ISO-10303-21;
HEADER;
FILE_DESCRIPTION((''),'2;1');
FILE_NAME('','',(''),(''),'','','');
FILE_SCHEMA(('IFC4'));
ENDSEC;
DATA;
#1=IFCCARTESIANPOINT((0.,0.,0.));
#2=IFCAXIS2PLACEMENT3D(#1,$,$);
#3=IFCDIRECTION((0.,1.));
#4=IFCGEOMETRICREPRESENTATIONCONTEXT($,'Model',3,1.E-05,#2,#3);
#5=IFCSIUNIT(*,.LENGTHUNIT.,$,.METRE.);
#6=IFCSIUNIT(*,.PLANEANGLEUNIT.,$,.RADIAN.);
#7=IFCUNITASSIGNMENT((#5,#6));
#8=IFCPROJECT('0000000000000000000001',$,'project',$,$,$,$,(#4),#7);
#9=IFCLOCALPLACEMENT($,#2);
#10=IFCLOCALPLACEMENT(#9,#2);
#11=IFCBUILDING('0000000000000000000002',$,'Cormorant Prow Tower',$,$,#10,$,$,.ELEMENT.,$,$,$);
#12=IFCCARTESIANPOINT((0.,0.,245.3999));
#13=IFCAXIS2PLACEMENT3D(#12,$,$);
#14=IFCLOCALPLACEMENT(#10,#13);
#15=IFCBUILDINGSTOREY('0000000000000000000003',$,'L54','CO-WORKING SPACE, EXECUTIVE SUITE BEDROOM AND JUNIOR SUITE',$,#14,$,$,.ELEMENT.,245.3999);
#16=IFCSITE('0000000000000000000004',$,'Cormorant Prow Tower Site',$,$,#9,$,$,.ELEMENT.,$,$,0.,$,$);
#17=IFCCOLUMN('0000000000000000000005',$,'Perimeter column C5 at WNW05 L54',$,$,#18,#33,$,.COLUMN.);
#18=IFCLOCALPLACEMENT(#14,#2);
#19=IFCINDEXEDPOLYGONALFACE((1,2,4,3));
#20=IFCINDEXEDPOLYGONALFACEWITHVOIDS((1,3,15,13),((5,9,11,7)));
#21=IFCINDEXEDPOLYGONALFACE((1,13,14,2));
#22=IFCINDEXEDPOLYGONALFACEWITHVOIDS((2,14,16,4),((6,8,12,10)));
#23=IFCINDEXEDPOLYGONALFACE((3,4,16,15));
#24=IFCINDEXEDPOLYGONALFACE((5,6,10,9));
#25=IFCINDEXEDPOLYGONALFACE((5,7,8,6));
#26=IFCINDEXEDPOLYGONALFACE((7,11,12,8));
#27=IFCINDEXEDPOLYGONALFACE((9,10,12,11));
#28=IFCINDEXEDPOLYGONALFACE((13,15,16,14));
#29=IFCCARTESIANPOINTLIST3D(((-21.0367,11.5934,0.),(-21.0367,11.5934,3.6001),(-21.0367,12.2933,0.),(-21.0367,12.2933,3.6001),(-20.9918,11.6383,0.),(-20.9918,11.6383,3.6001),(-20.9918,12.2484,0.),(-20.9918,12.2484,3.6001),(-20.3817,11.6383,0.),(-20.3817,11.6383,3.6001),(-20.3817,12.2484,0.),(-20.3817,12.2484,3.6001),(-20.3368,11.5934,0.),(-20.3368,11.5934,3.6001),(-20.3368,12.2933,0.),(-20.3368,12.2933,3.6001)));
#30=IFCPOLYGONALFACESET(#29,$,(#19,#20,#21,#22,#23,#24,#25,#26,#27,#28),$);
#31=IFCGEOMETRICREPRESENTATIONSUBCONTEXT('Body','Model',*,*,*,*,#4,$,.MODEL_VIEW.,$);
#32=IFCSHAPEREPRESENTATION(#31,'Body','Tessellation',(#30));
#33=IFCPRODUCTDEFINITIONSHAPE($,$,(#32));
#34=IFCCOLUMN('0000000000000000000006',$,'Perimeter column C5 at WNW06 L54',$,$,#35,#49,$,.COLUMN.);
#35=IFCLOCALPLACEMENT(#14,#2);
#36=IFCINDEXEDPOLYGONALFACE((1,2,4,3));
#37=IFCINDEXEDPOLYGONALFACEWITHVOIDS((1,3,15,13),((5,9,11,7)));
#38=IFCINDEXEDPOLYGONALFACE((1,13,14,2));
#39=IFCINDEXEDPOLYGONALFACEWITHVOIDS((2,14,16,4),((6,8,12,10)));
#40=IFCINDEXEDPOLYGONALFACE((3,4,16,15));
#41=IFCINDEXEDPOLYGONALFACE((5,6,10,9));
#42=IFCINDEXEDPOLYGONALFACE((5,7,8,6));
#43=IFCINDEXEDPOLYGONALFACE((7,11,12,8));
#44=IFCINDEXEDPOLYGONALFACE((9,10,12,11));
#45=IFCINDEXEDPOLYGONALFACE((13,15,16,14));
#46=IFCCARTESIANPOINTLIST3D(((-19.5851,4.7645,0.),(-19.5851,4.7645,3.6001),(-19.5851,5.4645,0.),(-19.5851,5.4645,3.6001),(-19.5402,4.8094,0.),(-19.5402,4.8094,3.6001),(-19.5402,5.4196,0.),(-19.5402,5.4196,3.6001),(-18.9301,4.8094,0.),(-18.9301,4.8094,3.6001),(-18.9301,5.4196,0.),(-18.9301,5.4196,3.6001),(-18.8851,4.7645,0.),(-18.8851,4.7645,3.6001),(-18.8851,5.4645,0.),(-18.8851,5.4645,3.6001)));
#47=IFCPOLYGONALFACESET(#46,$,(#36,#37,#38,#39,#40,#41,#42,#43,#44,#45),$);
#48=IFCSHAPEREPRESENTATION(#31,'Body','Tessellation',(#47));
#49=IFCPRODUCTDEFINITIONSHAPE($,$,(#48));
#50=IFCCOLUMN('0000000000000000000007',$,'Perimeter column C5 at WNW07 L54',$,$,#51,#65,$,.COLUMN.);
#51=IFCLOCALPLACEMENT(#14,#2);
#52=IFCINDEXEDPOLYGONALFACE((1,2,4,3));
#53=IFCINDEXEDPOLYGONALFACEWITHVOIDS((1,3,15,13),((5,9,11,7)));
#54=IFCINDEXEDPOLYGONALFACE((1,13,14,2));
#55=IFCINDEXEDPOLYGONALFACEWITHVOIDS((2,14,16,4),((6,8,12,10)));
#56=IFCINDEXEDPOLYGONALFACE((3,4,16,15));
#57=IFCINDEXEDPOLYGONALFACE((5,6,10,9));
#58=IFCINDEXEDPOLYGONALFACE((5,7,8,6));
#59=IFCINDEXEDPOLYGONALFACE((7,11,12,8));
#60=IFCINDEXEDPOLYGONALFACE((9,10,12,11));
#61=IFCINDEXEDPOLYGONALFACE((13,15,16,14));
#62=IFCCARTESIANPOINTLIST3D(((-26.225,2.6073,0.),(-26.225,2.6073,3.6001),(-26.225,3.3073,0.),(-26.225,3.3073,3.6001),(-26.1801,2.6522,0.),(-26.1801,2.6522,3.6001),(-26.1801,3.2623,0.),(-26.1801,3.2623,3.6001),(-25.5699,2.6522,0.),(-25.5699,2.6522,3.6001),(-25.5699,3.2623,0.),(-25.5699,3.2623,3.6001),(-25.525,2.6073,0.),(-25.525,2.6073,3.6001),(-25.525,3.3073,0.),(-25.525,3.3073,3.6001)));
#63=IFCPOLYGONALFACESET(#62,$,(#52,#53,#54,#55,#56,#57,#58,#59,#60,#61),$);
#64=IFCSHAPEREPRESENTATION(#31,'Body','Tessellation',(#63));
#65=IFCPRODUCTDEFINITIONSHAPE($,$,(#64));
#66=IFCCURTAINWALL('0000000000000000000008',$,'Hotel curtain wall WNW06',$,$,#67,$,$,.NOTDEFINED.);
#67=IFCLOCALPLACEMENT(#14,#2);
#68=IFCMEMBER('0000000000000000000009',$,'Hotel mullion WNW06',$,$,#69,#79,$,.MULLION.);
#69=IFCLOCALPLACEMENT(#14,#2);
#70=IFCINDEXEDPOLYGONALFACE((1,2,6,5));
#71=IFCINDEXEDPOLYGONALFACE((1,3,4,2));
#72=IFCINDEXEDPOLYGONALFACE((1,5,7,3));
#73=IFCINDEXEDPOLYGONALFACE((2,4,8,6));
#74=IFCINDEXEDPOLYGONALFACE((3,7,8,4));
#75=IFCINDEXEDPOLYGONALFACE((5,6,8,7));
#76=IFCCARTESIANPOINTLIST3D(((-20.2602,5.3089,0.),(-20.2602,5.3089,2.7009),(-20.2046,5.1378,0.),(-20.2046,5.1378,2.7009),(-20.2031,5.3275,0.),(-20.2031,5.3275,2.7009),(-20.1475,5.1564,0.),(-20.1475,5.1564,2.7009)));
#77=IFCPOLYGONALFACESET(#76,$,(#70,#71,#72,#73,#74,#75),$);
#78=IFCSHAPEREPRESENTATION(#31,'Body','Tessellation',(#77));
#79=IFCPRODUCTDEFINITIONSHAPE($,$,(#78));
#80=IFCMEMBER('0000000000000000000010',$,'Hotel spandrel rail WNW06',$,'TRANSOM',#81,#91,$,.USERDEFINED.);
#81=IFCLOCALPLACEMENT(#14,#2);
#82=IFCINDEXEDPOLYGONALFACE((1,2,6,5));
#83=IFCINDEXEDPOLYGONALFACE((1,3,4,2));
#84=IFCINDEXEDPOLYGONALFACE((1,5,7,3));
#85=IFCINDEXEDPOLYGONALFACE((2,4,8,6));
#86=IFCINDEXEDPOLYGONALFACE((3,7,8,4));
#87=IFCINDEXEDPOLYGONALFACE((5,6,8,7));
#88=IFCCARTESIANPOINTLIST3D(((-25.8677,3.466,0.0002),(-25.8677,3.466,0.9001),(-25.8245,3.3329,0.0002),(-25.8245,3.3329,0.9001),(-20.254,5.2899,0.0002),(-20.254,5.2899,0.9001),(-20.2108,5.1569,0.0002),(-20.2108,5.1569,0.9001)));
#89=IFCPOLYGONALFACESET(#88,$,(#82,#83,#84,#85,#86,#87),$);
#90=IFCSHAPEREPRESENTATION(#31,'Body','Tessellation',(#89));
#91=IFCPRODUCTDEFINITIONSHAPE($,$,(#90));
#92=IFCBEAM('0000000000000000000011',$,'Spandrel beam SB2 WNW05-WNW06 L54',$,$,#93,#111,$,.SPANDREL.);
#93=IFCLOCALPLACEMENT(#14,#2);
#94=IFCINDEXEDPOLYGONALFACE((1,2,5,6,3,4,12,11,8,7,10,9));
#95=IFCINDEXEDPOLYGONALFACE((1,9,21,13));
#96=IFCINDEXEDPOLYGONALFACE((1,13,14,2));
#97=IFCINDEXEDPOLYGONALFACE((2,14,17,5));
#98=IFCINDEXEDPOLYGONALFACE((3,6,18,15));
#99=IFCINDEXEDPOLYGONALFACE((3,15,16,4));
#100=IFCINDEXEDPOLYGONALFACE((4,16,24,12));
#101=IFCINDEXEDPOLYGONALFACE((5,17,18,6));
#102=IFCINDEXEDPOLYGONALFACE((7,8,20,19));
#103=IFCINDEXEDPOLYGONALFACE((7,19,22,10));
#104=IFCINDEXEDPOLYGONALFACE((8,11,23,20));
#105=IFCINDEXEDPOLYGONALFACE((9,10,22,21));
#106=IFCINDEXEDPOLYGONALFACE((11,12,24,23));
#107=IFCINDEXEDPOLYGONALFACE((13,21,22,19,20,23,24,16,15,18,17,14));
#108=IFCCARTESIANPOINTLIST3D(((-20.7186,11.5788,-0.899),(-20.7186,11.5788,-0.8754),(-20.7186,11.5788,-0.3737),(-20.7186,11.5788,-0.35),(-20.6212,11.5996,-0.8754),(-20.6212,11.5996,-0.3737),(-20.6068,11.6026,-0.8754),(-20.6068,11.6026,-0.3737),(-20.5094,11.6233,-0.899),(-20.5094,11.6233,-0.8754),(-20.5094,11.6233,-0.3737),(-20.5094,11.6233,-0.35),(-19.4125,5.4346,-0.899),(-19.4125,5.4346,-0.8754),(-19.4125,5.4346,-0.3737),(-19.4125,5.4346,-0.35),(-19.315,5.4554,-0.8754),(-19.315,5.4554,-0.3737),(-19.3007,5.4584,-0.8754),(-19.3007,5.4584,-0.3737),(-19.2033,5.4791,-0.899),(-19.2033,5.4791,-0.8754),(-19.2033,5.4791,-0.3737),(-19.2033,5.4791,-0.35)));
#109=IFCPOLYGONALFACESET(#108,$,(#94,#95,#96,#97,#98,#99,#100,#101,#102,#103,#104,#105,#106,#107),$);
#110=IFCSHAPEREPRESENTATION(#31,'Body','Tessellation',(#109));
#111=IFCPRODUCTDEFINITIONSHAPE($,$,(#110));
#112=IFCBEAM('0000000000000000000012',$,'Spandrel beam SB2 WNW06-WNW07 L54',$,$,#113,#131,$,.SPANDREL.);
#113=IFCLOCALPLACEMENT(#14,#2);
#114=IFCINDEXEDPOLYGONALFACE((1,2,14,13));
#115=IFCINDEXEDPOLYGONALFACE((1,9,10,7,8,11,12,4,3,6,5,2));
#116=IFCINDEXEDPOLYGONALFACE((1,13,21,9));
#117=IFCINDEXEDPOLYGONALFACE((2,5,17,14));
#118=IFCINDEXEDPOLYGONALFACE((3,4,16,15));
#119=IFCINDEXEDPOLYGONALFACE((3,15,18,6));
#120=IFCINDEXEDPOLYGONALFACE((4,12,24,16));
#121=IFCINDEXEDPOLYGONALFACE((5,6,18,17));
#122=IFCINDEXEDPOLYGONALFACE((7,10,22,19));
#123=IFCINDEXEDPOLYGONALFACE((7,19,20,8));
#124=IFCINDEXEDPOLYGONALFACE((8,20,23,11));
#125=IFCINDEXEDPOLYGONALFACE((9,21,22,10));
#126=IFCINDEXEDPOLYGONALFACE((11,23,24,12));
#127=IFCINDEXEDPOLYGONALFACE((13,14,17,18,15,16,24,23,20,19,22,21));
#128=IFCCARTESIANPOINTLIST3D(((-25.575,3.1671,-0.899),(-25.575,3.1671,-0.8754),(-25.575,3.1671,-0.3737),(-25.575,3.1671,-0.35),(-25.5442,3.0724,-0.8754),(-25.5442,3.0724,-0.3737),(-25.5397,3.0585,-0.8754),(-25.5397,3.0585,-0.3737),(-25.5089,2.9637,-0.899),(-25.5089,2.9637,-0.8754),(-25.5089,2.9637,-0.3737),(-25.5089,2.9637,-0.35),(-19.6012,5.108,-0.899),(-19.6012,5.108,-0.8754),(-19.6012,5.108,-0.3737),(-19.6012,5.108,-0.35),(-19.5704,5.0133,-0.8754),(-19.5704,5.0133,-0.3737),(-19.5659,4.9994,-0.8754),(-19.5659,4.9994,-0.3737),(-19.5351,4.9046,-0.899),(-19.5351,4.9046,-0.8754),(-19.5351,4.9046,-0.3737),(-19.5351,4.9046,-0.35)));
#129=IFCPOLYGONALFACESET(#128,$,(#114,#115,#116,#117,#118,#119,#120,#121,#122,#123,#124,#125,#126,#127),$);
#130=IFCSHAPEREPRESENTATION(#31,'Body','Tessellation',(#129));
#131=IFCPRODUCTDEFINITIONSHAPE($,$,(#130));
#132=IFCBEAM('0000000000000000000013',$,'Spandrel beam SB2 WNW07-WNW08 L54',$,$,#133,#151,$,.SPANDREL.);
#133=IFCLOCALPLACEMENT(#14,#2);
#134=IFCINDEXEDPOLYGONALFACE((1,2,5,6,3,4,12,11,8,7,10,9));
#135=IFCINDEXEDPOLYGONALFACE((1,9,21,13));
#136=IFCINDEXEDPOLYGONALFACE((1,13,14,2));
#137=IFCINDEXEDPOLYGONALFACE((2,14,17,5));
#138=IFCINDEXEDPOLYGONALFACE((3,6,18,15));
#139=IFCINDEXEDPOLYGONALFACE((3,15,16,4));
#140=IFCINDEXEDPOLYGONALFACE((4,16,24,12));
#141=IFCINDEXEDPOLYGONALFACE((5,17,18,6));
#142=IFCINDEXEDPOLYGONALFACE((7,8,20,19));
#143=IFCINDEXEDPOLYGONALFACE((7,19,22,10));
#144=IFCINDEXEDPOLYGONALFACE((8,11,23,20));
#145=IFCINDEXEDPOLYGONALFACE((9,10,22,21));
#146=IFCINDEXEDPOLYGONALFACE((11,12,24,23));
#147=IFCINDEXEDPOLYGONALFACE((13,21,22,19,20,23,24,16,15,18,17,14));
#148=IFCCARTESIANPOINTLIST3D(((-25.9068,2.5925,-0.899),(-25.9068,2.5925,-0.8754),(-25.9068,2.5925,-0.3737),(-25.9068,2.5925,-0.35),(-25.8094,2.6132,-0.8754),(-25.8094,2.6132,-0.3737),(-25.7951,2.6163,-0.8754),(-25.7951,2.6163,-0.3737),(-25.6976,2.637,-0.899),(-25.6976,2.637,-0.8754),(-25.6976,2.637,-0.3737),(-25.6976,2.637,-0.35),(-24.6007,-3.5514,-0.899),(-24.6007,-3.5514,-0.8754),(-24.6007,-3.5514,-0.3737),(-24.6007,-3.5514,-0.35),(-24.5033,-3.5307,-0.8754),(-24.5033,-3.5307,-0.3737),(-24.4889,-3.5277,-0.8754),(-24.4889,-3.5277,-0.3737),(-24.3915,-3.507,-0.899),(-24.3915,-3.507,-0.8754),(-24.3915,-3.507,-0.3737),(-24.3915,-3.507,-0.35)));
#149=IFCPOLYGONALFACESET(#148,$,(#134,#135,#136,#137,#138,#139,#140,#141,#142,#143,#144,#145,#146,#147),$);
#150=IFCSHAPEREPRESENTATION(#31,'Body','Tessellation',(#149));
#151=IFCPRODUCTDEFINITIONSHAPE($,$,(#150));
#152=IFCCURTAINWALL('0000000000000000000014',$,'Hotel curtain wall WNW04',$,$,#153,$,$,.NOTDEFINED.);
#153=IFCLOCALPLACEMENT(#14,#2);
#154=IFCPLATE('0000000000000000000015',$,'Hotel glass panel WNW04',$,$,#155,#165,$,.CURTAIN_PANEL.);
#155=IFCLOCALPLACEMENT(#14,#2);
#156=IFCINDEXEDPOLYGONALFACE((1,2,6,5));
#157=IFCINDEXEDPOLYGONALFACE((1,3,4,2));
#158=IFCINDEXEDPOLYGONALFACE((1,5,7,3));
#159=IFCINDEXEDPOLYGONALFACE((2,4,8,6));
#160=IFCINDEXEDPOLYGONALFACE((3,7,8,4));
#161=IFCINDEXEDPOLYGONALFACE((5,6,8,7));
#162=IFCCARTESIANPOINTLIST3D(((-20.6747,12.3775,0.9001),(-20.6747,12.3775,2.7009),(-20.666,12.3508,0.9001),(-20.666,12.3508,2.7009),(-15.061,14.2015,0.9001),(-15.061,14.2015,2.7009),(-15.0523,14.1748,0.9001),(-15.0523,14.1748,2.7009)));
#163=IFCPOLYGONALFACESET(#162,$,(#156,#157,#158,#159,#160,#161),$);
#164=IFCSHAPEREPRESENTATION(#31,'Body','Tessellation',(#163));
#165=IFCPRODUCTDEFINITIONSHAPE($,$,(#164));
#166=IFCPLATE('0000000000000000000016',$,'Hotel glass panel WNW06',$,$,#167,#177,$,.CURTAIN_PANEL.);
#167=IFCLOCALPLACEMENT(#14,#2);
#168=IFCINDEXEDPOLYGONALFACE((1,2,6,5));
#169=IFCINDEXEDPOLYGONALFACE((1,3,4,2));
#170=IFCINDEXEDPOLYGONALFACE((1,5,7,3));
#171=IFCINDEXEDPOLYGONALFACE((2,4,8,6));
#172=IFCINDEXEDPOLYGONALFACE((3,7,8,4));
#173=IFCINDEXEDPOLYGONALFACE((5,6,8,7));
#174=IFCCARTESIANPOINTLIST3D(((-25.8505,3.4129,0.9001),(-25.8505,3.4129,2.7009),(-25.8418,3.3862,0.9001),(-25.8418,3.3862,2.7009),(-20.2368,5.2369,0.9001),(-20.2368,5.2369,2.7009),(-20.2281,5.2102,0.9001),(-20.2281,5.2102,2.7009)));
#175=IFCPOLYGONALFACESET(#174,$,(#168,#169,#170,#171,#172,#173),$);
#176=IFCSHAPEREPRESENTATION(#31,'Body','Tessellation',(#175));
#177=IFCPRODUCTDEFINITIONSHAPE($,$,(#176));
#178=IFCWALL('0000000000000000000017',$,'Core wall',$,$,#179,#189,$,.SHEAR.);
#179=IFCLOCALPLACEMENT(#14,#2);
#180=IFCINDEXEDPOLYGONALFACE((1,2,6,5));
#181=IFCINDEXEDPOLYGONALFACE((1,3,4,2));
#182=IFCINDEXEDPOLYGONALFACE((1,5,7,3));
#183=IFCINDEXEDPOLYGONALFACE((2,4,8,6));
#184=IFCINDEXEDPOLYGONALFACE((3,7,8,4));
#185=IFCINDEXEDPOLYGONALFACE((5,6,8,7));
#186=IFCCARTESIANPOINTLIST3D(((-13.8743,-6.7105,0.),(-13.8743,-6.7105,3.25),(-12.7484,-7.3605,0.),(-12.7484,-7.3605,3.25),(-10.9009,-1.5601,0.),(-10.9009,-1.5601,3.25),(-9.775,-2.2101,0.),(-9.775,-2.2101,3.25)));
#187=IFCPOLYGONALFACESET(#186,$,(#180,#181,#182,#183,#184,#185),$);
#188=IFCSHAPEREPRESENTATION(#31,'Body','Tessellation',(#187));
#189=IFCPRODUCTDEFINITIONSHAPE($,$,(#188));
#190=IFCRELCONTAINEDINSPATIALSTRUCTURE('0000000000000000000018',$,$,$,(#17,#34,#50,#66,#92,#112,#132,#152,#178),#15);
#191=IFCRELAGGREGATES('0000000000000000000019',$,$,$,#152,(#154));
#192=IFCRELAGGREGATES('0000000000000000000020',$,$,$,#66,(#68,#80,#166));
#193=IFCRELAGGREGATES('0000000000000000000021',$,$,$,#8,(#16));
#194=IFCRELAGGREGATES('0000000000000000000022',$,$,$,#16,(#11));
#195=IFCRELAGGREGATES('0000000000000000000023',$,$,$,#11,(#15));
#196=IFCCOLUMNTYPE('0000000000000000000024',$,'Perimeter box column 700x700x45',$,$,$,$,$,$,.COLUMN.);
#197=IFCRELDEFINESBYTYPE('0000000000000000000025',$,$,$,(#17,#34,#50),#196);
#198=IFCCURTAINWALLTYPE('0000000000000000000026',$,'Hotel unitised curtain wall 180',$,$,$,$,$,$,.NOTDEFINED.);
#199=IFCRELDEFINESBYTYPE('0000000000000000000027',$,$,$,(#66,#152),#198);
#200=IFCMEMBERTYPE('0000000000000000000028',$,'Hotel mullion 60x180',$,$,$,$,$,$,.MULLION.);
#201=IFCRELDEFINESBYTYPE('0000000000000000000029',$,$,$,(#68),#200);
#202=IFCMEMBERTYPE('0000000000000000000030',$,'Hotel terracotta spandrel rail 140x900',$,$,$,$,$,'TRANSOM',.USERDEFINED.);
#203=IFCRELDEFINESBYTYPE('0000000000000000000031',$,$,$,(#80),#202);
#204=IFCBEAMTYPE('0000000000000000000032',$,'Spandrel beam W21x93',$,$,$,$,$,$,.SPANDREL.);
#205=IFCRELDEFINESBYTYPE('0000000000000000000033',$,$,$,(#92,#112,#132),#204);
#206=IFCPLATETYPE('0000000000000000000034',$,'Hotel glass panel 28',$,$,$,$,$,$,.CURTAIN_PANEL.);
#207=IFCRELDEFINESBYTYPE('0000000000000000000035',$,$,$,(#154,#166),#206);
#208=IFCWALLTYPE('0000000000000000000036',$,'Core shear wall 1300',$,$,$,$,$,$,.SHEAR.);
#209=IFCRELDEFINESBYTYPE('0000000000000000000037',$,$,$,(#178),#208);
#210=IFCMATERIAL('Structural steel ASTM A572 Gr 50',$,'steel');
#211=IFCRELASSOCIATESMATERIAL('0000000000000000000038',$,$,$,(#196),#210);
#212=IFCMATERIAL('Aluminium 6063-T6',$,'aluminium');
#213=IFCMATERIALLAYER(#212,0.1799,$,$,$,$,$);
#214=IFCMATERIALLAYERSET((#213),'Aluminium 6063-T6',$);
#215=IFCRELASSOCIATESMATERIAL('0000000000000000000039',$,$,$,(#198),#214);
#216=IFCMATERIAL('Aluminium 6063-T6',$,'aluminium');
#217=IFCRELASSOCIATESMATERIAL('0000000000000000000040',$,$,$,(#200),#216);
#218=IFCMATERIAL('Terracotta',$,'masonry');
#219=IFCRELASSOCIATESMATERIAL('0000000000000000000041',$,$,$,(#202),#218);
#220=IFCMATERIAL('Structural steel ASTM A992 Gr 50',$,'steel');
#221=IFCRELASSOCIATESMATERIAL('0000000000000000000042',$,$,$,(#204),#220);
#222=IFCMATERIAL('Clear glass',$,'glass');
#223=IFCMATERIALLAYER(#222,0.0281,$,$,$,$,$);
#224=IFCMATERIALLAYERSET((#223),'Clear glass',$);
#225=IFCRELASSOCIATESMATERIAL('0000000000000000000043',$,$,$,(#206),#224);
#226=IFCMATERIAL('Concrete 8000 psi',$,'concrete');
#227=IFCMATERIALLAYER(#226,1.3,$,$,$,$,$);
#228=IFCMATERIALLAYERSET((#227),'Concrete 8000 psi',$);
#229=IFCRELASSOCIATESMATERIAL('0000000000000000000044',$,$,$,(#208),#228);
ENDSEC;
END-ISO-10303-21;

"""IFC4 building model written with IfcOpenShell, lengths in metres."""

from ifc_helpers import new_model, si_unit, direction, frame, frame_2d, origin, origin_2d, place, context, subcontext, project, spatial, rectangle, hollow_rectangle, i_section, extrude, material, layer, layer_set, material_profile, profile_set, type_object, element, aggregate, save


model = new_model("IFC4")

# Units and contexts
model_context = context("Model", 3, precision=1e-05, world=origin(), true_north=direction((0.0, 1.0)))
body_context = subcontext(model_context, "Body", "Model", "MODEL_VIEW")
ifc_project = project(units=[si_unit("LENGTHUNIT", "METRE"), si_unit("PLANEANGLEUNIT", "RADIAN")], contexts=[model_context])

# Site, building, storey
site_placement = place(None, origin())
site = spatial("IfcSite", under=ifc_project, at=site_placement, Name="Cormorant Prow Tower Site", CompositionType="ELEMENT", RefElevation=0.0)
building_placement = place(site_placement, origin())
building = spatial("IfcBuilding", under=site, at=building_placement, Name="Cormorant Prow Tower", CompositionType="ELEMENT")
storey_placement = place(building_placement, frame((0.0, 0.0, 245.3999)))
storey = spatial("IfcBuildingStorey", under=building, at=storey_placement, Name="L54", Description="CO-WORKING SPACE, EXECUTIVE SUITE BEDROOM AND JUNIOR SUITE", CompositionType="ELEMENT", Elevation=245.3999)

# Columns
ifc_material_1 = material(Name="Structural steel ASTM A572 Gr 50", Category="steel")
ifc_material_profile_1 = material_profile(ifc_material_1, hollow_rectangle(XDim=0.7, YDim=0.7, WallThickness=0.0449, at=origin_2d()), Name="Box 700x700x45")
ifc_profile_set_1 = profile_set([ifc_material_profile_1], Name="Structural steel ASTM A572 Gr 50")
column_type = type_object("IfcColumnType", Name="Perimeter box column 700x700x45", PredefinedType="COLUMN", material=ifc_profile_set_1)
for number, where, z_axis, x_axis, name in (
    (1, (-20.6868, 11.9434, 0.0), (0.0, 0.0, 1.0), (1.0, 0.0, 0.0), "Perimeter column C5 at WNW05 L54"),
    (2, (-19.2351, 5.1145, 0.0), (0.0, 0.0, 1.0), (1.0, 0.0, 0.0), "Perimeter column C5 at WNW06 L54"),
    (3, (-25.875, 2.9573, 0.0), (0.0, 0.0, 1.0), (1.0, 0.0, 0.0), "Perimeter column C5 at WNW07 L54"),
):
    element("IfcColumn", number, at=place(storey_placement, frame(where, z_axis=z_axis, x_axis=x_axis)), inside=storey, type_object=column_type, Name=name, PredefinedType="COLUMN", context=body_context, shape_type="SweptSolid", body=[
        extrude(hollow_rectangle(XDim=0.7, YDim=0.7, WallThickness=0.0449, at=origin_2d()), origin(), (0.0, 0.0, 1.0), 3.6001),
    ])

# Curtain wall, members
ifc_material_2 = material(Name="Aluminium 6063-T6", Category="aluminium")
ifc_layer_1 = layer(ifc_material_2, 0.1799)
ifc_layer_set_1 = layer_set([ifc_layer_1], Name="Aluminium 6063-T6")
curtain_wall_type = type_object("IfcCurtainWallType", Name="Hotel unitised curtain wall 180", PredefinedType="NOTDEFINED", material=ifc_layer_set_1)
curtain_wall_1_placement = place(storey_placement, origin())
curtain_wall_1 = element("IfcCurtainWall", 4, at=curtain_wall_1_placement, inside=storey, type_object=curtain_wall_type, Name="Hotel curtain wall WNW06", PredefinedType="NOTDEFINED")
ifc_material_3 = material(Name="Aluminium 6063-T6", Category="aluminium")
ifc_material_profile_2 = material_profile(ifc_material_3, rectangle(XDim=0.1799, YDim=0.0601, at=origin_2d()), Name="Hotel mullion 60x180")
ifc_profile_set_2 = profile_set([ifc_material_profile_2], Name="Aluminium 6063-T6")
member_type_1 = type_object("IfcMemberType", Name="Hotel mullion 60x180", PredefinedType="MULLION", material=ifc_profile_set_2)
member_1_placement = place(storey_placement, frame((-20.2039, 5.2327, 0.0), z_axis=(0.0, 0.0, 1.0), x_axis=(0.309017, -0.951057, 0.0)))
member_1 = element("IfcMember", 5, at=member_1_placement, type_object=member_type_1, Name="Hotel mullion WNW06", PredefinedType="MULLION", context=body_context, shape_type="SweptSolid", body=[
    extrude(rectangle(XDim=0.1799, YDim=0.0601, at=origin_2d()), origin(), (0.0, 0.0, 1.0), 2.7009),
])
ifc_material_4 = material(Name="Terracotta", Category="masonry")
ifc_material_profile_3 = material_profile(ifc_material_4, rectangle(XDim=0.1399, YDim=0.8999, at=origin_2d()), Name="Hotel terracotta spandrel rail 140x900")
ifc_profile_set_3 = profile_set([ifc_material_profile_3], Name="Terracotta")
member_type_2 = type_object("IfcMemberType", Name="Hotel terracotta spandrel rail 140x900", ElementType="TRANSOM", PredefinedType="USERDEFINED", material=ifc_profile_set_3)
member_2_placement = place(storey_placement, frame((-20.2324, 5.2234, 0.4502), z_axis=(-0.951059, -0.309009, 0.0), x_axis=(0.309009, -0.951059, 0.0)))
member_2 = element("IfcMember", 6, at=member_2_placement, type_object=member_type_2, Name="Hotel spandrel rail WNW06", ObjectType="TRANSOM", PredefinedType="USERDEFINED", context=body_context, shape_type="SweptSolid", body=[
    extrude(rectangle(XDim=0.1399, YDim=0.8999, at=origin_2d()), origin(), (0.0, 0.0, 1.0), 5.9026),
])

# Beams
ifc_material_5 = material(Name="Structural steel ASTM A992 Gr 50", Category="steel")
ifc_material_profile_4 = material_profile(ifc_material_5, i_section(OverallWidth=0.2139, OverallDepth=0.5491, WebThickness=0.0146, FlangeThickness=0.0237, at=origin_2d()), Name="W21x93")
ifc_profile_set_4 = profile_set([ifc_material_profile_4], Name="Structural steel ASTM A992 Gr 50")
beam_type = type_object("IfcBeamType", Name="Spandrel beam W21x93", PredefinedType="SPANDREL", material=ifc_profile_set_4)
beam_placement = place(storey_placement, frame((-20.614, 11.6011, -0.6245), z_axis=(0.207934, -0.978143, 0.0), x_axis=(0.978143, 0.207934, 0.0)))
element("IfcBeam", 7, at=beam_placement, inside=storey, type_object=beam_type, Name="Spandrel beam SB2 WNW05-WNW06 L54", PredefinedType="SPANDREL", context=body_context, shape_type="SweptSolid", body=[
    extrude(i_section(OverallWidth=0.2139, OverallDepth=0.5491, WebThickness=0.0146, FlangeThickness=0.0237, at=origin_2d()), origin(), (0.0, 0.0, 1.0), 6.2815),
])
for number, where, z_axis, x_axis, name in (
    (8, (-19.5681, 5.0063, -0.6245), (-0.951062, -0.309001, 0.0), (0.309001, -0.951062, 0.0), "Spandrel beam SB2 WNW06-WNW07 L54"),
    (9, (-25.8022, 2.6147, -0.6245), (0.207941, -0.978141, 0.0), (0.978141, 0.207941, 0.0), "Spandrel beam SB2 WNW07-WNW08 L54"),
):
    element("IfcBeam", number, at=place(storey_placement, frame(where, z_axis=z_axis, x_axis=x_axis)), inside=storey, type_object=beam_type, Name=name, PredefinedType="SPANDREL", context=body_context, shape_type="SweptSolid", body=[
        extrude(i_section(OverallWidth=0.2139, OverallDepth=0.5491, WebThickness=0.0146, FlangeThickness=0.0237, at=origin_2d()), origin(), (0.0, 0.0, 1.0), 6.2812),
    ])

# Curtain wall, plate
curtain_wall_2_placement = place(storey_placement, origin())
curtain_wall_2 = element("IfcCurtainWall", 10, at=curtain_wall_2_placement, inside=storey, type_object=curtain_wall_type, Name="Hotel curtain wall WNW04", PredefinedType="NOTDEFINED")
ifc_material_6 = material(Name="Clear glass", Category="glass")
ifc_layer_2 = layer(ifc_material_6, 0.0281)
ifc_layer_set_2 = layer_set([ifc_layer_2], Name="Clear glass")
plate_type = type_object("IfcPlateType", Name="Hotel glass panel 28", PredefinedType="CURTAIN_PANEL", material=ifc_layer_set_2)
plate_1_placement = place(storey_placement, frame((-17.8635, 13.2761, 0.9001), z_axis=(0.0, 0.0, 1.0), x_axis=(-0.951057, -0.309017, 0.0)))
plate_1 = element("IfcPlate", 11, at=plate_1_placement, type_object=plate_type, Name="Hotel glass panel WNW04", PredefinedType="CURTAIN_PANEL", context=body_context, shape_type="SweptSolid", body=[
    extrude(rectangle(XDim=5.9026, YDim=0.0281, at=origin_2d()), origin(), (0.0, 0.0, 1.0), 1.8008),
])
aggregate(curtain_wall_2, [plate_1])

# Plate
plate_2_placement = place(storey_placement, frame((-23.0393, 4.3115, 0.9001), z_axis=(0.0, 0.0, 1.0), x_axis=(-0.951057, -0.309017, 0.0)))
plate_2 = element("IfcPlate", 12, at=plate_2_placement, type_object=plate_type, Name="Hotel glass panel WNW06", PredefinedType="CURTAIN_PANEL", context=body_context, shape_type="SweptSolid", body=[
    extrude(rectangle(XDim=5.9026, YDim=0.0281, at=origin_2d()), origin(), (0.0, 0.0, 1.0), 1.8008),
])
aggregate(curtain_wall_1, [member_1, member_2, plate_2])

# Wall
ifc_material_7 = material(Name="Concrete 8000 psi", Category="concrete")
ifc_layer_3 = layer(ifc_material_7, 1.3)
ifc_layer_set_3 = layer_set([ifc_layer_3], Name="Concrete 8000 psi")
wall_type_1 = type_object("IfcWallType", Name="Core shear wall 1300", PredefinedType="SHEAR", material=ifc_layer_set_3)
wall_1_placement = place(storey_placement, frame((-10.3379, -1.885, 0.0), z_axis=(0.0, 0.0, 1.0), x_axis=(-0.499976, -0.866039, 0.0)))
element("IfcWall", 13, at=wall_1_placement, inside=storey, type_object=wall_type_1, Name="Core wall", PredefinedType="SHEAR", context=body_context, shape_type="SweptSolid", body=[
    extrude(rectangle(XDim=5.947, YDim=1.3, at=frame_2d((2.9736, 0.0))), origin(), (0.0, 0.0, 1.0), 3.25),
])

save(model, "model.ifc")
